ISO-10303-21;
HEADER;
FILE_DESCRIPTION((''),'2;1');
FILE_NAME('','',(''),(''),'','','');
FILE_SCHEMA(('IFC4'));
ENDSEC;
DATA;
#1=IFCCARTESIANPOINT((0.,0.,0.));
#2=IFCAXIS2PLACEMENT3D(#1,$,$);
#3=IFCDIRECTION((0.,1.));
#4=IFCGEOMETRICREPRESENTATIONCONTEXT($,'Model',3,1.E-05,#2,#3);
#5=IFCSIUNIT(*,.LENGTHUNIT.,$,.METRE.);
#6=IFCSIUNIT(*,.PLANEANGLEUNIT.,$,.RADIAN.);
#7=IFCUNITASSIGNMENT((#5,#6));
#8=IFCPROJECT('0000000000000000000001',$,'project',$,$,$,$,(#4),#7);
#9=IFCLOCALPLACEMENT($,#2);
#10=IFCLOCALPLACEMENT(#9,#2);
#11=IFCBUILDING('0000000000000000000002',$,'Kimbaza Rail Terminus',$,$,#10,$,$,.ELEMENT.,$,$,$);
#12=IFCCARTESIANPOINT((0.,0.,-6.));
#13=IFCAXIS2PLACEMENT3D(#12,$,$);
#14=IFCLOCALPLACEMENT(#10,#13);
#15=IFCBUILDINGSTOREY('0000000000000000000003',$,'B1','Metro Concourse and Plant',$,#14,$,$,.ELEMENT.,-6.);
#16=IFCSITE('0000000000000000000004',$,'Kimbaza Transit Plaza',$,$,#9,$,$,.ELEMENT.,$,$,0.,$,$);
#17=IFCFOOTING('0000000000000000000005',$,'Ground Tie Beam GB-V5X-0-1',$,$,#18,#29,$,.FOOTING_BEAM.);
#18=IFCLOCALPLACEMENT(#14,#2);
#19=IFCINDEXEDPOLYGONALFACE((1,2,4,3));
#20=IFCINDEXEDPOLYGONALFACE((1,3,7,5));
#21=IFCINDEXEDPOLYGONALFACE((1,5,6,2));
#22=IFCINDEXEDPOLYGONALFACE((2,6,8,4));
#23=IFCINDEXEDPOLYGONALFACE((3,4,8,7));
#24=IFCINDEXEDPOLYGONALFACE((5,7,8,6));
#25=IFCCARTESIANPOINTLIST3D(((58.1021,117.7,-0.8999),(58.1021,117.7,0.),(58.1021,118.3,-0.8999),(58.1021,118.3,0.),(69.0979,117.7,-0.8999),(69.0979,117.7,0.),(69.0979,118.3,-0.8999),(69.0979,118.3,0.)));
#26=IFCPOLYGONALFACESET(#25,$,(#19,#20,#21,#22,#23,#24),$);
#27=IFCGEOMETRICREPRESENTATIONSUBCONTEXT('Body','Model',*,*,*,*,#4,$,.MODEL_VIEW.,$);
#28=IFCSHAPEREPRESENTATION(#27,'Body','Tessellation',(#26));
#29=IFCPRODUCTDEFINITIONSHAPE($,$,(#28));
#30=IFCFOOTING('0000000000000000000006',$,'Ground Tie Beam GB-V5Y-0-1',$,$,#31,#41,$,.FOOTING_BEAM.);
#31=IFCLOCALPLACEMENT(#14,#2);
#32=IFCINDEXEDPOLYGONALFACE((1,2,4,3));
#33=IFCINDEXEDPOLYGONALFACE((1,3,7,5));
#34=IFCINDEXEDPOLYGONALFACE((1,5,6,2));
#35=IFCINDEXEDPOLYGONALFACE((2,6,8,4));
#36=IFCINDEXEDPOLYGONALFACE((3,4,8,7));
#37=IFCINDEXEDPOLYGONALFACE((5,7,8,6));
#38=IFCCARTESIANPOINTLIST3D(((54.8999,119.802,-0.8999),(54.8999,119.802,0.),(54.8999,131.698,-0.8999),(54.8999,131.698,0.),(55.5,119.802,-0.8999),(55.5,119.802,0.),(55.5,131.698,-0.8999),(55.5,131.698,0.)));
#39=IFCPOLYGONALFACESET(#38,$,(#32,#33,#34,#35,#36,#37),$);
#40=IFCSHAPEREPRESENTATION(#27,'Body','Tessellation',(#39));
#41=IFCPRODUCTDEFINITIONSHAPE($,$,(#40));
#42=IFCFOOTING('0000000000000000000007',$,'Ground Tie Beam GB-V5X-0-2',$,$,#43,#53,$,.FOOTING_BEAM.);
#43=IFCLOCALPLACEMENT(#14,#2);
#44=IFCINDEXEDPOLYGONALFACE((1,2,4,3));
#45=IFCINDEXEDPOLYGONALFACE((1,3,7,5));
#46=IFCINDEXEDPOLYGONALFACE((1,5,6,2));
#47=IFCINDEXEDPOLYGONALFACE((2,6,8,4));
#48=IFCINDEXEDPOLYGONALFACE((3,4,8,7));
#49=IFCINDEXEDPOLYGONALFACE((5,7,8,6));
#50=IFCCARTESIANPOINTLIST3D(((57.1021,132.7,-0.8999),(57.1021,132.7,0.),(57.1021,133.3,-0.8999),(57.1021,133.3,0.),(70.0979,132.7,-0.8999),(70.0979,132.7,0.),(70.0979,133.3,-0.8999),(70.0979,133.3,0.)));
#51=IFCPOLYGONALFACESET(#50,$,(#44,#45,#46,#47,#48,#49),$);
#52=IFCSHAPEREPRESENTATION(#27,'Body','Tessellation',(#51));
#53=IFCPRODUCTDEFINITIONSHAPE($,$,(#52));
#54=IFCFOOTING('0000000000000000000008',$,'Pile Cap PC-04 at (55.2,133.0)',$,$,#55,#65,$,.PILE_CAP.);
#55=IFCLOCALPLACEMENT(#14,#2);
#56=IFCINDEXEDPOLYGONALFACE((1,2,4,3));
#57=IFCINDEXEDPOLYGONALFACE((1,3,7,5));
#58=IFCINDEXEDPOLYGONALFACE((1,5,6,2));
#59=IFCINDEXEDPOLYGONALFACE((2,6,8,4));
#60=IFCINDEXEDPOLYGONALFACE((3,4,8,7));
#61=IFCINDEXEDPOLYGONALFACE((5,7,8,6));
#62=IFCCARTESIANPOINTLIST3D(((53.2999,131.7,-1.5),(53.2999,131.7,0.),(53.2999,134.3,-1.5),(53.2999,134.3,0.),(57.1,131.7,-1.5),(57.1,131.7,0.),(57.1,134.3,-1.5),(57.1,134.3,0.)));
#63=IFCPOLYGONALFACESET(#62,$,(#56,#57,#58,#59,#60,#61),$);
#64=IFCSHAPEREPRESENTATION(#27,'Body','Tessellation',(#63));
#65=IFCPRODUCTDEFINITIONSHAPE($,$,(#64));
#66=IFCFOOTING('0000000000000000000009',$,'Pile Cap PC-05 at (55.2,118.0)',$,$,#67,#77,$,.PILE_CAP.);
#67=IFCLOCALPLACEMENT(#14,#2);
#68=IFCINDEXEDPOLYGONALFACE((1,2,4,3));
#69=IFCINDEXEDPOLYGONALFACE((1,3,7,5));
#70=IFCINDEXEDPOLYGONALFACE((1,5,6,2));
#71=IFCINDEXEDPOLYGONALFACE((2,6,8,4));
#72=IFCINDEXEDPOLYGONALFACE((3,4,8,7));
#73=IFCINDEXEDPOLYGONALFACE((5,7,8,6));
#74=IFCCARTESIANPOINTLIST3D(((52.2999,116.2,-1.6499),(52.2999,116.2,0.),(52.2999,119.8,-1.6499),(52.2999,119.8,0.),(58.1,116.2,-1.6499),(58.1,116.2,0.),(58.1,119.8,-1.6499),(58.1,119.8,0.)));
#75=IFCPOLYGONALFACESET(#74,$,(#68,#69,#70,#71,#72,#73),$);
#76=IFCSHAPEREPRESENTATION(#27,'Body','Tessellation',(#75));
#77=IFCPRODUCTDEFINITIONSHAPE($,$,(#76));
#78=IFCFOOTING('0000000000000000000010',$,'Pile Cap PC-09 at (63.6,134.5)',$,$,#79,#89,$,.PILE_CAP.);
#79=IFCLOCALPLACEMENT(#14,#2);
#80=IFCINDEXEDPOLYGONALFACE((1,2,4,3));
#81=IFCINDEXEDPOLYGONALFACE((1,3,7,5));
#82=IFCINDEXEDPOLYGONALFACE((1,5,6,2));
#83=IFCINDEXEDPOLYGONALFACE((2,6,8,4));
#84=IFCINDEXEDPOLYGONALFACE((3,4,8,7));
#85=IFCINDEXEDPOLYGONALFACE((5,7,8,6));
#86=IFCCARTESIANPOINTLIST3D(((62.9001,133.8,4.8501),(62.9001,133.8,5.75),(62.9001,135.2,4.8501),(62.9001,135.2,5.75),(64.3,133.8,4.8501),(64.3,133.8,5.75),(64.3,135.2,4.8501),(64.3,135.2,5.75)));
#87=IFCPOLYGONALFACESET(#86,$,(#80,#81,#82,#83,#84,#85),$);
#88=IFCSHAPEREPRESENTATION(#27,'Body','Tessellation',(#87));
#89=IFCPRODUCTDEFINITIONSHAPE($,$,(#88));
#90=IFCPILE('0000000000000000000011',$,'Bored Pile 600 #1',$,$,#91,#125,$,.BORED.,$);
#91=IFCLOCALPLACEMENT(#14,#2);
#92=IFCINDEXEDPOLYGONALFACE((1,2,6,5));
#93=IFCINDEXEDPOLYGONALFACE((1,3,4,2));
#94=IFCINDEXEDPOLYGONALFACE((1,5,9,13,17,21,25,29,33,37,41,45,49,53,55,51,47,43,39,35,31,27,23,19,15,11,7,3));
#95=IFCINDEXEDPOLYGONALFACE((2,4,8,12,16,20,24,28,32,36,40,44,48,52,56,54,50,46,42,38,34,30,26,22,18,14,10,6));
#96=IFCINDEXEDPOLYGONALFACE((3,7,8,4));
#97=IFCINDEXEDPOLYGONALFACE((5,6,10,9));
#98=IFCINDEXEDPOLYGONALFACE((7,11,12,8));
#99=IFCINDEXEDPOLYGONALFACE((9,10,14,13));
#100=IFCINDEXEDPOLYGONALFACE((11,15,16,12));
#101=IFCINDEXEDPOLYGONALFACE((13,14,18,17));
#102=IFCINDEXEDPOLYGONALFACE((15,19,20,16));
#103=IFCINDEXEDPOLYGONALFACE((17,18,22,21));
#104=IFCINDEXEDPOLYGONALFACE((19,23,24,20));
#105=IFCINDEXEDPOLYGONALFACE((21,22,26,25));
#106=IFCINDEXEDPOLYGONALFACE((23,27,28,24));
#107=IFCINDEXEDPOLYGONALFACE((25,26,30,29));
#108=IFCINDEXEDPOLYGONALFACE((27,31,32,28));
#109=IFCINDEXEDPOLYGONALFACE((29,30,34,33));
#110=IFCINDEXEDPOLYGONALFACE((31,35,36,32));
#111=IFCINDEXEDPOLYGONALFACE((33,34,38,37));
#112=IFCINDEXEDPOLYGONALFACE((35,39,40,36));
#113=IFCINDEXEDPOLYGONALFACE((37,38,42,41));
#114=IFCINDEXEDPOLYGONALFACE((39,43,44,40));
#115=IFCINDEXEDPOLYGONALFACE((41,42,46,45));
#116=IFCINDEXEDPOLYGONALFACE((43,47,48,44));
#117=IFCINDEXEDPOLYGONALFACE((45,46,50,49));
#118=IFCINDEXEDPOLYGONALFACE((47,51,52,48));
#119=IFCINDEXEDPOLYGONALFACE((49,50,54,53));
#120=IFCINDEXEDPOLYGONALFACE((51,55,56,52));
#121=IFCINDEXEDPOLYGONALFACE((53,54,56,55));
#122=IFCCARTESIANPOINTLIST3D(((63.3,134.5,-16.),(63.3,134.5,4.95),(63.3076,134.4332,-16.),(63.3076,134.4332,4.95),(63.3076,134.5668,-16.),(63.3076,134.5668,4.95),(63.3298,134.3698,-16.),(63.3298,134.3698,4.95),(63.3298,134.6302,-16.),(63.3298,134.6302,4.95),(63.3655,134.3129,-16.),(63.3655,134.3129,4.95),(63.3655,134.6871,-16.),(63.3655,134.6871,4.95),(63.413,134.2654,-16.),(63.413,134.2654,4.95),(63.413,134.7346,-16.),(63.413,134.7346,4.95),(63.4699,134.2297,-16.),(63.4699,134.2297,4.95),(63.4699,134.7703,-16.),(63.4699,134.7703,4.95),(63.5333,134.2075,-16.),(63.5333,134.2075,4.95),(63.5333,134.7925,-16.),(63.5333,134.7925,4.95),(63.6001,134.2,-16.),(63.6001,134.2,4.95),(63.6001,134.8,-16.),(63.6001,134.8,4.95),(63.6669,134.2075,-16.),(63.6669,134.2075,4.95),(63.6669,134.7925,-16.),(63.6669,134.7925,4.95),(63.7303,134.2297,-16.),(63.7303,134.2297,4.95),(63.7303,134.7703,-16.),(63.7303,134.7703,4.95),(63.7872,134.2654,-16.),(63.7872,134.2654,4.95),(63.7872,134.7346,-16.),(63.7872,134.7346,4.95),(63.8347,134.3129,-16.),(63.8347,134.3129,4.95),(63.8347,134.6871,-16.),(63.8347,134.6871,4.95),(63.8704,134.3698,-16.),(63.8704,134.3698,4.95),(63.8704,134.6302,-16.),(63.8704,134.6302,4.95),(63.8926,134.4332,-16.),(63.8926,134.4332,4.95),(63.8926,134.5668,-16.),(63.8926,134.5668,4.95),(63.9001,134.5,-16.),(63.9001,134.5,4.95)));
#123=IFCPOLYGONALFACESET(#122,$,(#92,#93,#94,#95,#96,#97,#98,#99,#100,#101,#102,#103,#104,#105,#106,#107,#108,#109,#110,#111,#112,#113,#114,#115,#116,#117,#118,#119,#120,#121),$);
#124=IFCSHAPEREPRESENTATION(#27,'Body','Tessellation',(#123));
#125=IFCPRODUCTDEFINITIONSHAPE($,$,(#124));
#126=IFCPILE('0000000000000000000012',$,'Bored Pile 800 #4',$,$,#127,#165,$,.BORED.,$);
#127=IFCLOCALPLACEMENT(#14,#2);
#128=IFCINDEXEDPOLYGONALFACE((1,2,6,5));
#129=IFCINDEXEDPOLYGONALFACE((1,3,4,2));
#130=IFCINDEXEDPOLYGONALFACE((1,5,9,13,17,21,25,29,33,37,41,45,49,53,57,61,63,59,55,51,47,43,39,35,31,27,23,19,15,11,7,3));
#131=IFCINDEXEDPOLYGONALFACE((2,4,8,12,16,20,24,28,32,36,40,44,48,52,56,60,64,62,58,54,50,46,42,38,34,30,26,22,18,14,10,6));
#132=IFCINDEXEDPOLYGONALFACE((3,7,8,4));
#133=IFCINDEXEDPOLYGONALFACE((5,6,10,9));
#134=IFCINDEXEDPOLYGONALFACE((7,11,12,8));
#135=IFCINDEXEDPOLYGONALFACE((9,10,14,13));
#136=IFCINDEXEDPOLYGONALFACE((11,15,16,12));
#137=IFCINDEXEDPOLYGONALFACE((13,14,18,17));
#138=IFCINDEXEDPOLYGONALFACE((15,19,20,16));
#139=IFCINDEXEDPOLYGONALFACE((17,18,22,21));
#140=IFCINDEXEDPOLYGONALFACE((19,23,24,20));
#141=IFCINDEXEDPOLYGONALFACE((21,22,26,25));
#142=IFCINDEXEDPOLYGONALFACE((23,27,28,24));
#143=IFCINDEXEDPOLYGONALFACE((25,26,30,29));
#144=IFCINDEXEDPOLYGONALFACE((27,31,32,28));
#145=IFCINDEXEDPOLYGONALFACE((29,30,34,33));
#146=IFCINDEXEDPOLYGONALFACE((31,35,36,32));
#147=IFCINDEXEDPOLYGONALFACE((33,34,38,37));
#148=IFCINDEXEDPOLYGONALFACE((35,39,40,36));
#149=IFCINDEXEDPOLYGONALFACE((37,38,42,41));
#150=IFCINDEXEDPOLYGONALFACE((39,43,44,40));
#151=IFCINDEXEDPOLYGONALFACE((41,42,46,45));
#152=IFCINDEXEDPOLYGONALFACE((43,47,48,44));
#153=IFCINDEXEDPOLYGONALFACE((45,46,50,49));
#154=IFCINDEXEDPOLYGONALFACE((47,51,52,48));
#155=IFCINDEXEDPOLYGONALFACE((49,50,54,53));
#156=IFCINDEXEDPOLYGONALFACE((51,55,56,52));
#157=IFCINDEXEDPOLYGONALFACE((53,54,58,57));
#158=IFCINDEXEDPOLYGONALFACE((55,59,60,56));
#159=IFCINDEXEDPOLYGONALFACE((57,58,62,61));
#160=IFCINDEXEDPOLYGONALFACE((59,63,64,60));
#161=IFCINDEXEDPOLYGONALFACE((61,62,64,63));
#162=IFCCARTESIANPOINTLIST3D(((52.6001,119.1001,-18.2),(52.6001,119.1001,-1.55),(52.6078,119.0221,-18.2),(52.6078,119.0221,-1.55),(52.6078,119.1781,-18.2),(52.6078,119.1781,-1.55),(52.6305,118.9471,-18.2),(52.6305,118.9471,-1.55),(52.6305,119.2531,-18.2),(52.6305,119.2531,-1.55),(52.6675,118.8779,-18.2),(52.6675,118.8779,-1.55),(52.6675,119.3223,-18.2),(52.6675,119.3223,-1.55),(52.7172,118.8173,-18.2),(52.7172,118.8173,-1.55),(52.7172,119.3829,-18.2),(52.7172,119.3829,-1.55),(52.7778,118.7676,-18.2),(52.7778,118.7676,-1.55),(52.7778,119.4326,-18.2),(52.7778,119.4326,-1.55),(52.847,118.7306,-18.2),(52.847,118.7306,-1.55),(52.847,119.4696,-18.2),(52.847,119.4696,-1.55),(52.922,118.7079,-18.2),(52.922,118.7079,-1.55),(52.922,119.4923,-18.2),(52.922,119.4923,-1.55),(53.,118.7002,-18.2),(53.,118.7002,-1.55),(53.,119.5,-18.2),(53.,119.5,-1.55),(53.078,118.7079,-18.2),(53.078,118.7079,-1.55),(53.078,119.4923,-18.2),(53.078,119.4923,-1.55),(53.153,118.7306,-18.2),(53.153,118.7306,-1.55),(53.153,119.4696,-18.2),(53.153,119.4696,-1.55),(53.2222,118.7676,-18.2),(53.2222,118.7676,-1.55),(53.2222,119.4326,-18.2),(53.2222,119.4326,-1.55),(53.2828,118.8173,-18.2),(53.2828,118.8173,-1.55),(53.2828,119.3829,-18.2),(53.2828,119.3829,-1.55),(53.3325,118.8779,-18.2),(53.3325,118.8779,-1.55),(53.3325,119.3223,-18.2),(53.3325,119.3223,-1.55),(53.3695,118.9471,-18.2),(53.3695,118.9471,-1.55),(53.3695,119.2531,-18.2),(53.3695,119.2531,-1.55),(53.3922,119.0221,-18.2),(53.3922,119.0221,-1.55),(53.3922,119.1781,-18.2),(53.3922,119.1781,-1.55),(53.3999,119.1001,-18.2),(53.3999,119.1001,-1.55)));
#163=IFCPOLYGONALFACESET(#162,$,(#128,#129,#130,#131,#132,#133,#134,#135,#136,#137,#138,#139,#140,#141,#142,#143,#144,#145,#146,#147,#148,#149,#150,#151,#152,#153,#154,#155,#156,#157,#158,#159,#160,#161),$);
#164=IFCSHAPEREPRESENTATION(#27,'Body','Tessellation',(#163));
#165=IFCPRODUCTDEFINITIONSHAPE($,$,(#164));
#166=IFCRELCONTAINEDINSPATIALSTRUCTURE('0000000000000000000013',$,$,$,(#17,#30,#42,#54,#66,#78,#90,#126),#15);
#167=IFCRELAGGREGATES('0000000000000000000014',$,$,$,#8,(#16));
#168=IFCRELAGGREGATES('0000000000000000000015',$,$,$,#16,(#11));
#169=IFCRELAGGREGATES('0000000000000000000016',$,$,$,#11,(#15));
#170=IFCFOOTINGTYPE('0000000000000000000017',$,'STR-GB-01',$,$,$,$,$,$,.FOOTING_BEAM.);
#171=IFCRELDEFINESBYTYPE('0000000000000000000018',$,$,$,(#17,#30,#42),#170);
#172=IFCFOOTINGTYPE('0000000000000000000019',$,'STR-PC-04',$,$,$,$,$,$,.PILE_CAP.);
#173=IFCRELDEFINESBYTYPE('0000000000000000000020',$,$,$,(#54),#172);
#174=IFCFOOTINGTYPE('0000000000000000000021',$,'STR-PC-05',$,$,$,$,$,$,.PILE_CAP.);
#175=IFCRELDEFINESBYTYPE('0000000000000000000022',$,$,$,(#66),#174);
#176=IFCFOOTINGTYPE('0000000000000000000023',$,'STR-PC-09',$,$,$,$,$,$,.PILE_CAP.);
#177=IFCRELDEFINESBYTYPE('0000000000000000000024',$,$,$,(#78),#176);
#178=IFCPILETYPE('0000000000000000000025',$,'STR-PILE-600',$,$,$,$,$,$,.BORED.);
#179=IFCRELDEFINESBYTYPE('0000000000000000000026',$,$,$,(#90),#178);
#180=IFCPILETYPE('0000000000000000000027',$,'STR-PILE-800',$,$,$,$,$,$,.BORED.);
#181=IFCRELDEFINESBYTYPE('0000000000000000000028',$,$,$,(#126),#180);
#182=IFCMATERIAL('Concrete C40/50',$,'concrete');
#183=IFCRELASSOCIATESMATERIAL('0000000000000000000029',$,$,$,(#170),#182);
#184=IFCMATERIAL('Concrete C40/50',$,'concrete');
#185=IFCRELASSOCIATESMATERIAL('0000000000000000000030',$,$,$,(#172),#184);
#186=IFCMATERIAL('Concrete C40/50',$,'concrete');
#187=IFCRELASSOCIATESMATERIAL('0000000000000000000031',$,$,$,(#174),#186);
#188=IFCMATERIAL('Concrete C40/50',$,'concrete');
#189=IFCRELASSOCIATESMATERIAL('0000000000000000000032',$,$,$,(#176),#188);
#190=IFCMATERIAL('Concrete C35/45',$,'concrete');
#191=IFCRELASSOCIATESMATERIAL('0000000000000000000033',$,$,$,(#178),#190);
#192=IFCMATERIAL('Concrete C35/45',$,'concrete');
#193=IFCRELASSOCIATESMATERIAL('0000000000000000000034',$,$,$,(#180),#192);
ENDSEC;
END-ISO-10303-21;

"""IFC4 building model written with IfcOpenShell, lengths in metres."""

from ifc_helpers import new_model, si_unit, direction, frame, origin, origin_2d, place, context, subcontext, project, spatial, rectangle, circle, extrude, material, material_profile, profile_set, type_object, element, save


model = new_model("IFC4")

# Units and contexts
model_context = context("Model", 3, precision=1e-05, world=origin(), true_north=direction((0.0, 1.0)))
body_context = subcontext(model_context, "Body", "Model", "MODEL_VIEW")
ifc_project = project(units=[si_unit("LENGTHUNIT", "METRE"), si_unit("PLANEANGLEUNIT", "RADIAN")], contexts=[model_context])

# Site, building, storey
site_placement = place(None, origin())
site = spatial("IfcSite", under=ifc_project, at=site_placement, Name="Kimbaza Transit Plaza", CompositionType="ELEMENT", RefElevation=0.0)
building_placement = place(site_placement, origin())
building = spatial("IfcBuilding", under=site, at=building_placement, Name="Kimbaza Rail Terminus", CompositionType="ELEMENT")
storey_placement = place(building_placement, frame((0.0, 0.0, -6.0)))
storey = spatial("IfcBuildingStorey", under=building, at=storey_placement, Name="B1", Description="Metro Concourse and Plant", CompositionType="ELEMENT", Elevation=-6.0)

# Footings
ifc_material_1 = material(Name="Concrete C40/50", Category="concrete")
ifc_material_profile_1 = material_profile(ifc_material_1, rectangle(XDim=0.6001, YDim=0.8999, at=origin_2d()), Name="GB-01 600x900")
ifc_profile_set_1 = profile_set([ifc_material_profile_1], Name="Concrete C40/50")
footing_type_1 = type_object("IfcFootingType", Name="STR-GB-01", PredefinedType="FOOTING_BEAM", material=ifc_profile_set_1)
footing_1_placement = place(storey_placement, frame((58.1021, 118.0, -0.45), z_axis=(1.0, 0.0, 0.0), x_axis=(0.0, 1.0, 0.0)))
element("IfcFooting", 1, at=footing_1_placement, inside=storey, type_object=footing_type_1, Name="Ground Tie Beam GB-V5X-0-1", PredefinedType="FOOTING_BEAM", context=body_context, shape_type="SweptSolid", body=[
    extrude(rectangle(XDim=0.6001, YDim=0.8999, at=origin_2d()), origin(), (0.0, 0.0, 1.0), 10.9958),
])
footing_2_placement = place(storey_placement, frame((55.2, 119.802, -0.45), z_axis=(0.0, 1.0, 0.0), x_axis=(-1.0, 0.0, 0.0)))
element("IfcFooting", 2, at=footing_2_placement, inside=storey, type_object=footing_type_1, Name="Ground Tie Beam GB-V5Y-0-1", PredefinedType="FOOTING_BEAM", context=body_context, shape_type="SweptSolid", body=[
    extrude(rectangle(XDim=0.6001, YDim=0.8999, at=origin_2d()), origin(), (0.0, 0.0, 1.0), 11.896),
])
footing_3_placement = place(storey_placement, frame((57.1021, 133.0, -0.45), z_axis=(1.0, 0.0, 0.0), x_axis=(0.0, 1.0, 0.0)))
element("IfcFooting", 3, at=footing_3_placement, inside=storey, type_object=footing_type_1, Name="Ground Tie Beam GB-V5X-0-2", PredefinedType="FOOTING_BEAM", context=body_context, shape_type="SweptSolid", body=[
    extrude(rectangle(XDim=0.6001, YDim=0.8999, at=origin_2d()), origin(), (0.0, 0.0, 1.0), 12.9958),
])
ifc_material_2 = material(Name="Concrete C40/50", Category="concrete")
footing_type_2 = type_object("IfcFootingType", Name="STR-PC-04", PredefinedType="PILE_CAP", material=ifc_material_2)
footing_4_placement = place(storey_placement, frame((55.2, 133.0, -1.5), z_axis=(0.0, 0.0, 1.0), x_axis=(1.0, 0.0, 0.0)))
element("IfcFooting", 4, at=footing_4_placement, inside=storey, type_object=footing_type_2, Name="Pile Cap PC-04 at (55.2,133.0)", PredefinedType="PILE_CAP", context=body_context, shape_type="SweptSolid", body=[
    extrude(rectangle(XDim=3.8, YDim=2.6001, at=origin_2d()), origin(), (0.0, 0.0, 1.0), 1.5),
])
ifc_material_3 = material(Name="Concrete C40/50", Category="concrete")
footing_type_3 = type_object("IfcFootingType", Name="STR-PC-05", PredefinedType="PILE_CAP", material=ifc_material_3)
footing_5_placement = place(storey_placement, frame((55.2, 118.0, -1.6499), z_axis=(0.0, 0.0, 1.0), x_axis=(1.0, 0.0, 0.0)))
element("IfcFooting", 5, at=footing_5_placement, inside=storey, type_object=footing_type_3, Name="Pile Cap PC-05 at (55.2,118.0)", PredefinedType="PILE_CAP", context=body_context, shape_type="SweptSolid", body=[
    extrude(rectangle(XDim=5.8, YDim=3.6001, at=origin_2d()), origin(), (0.0, 0.0, 1.0), 1.6499),
])
ifc_material_4 = material(Name="Concrete C40/50", Category="concrete")
footing_type_4 = type_object("IfcFootingType", Name="STR-PC-09", PredefinedType="PILE_CAP", material=ifc_material_4)
footing_6_placement = place(storey_placement, frame((63.6001, 134.5, 4.8501), z_axis=(0.0, 0.0, 1.0), x_axis=(1.0, 0.0, 0.0)))
element("IfcFooting", 6, at=footing_6_placement, inside=storey, type_object=footing_type_4, Name="Pile Cap PC-09 at (63.6,134.5)", PredefinedType="PILE_CAP", context=body_context, shape_type="SweptSolid", body=[
    extrude(rectangle(XDim=1.3999, YDim=1.3999, at=origin_2d()), origin(), (0.0, 0.0, 1.0), 0.8999),
])

# Piles
ifc_material_5 = material(Name="Concrete C35/45", Category="concrete")
ifc_material_profile_2 = material_profile(ifc_material_5, circle(Radius=0.3, at=origin_2d()), Name="BORED PILE 600")
ifc_profile_set_2 = profile_set([ifc_material_profile_2], Name="Concrete C35/45")
pile_type_1 = type_object("IfcPileType", Name="STR-PILE-600", PredefinedType="BORED", material=ifc_profile_set_2)
pile_1_placement = place(storey_placement, frame((63.6001, 134.5, 4.95), z_axis=(0.0, 0.0, -1.0), x_axis=(1.0, 0.0, 0.0)))
element("IfcPile", 7, at=pile_1_placement, inside=storey, type_object=pile_type_1, Name="Bored Pile 600 #1", PredefinedType="BORED", context=body_context, shape_type="SweptSolid", body=[
    extrude(circle(Radius=0.3, at=origin_2d()), origin(), (0.0, 0.0, 1.0), 20.95),
])
ifc_material_6 = material(Name="Concrete C35/45", Category="concrete")
ifc_material_profile_3 = material_profile(ifc_material_6, circle(Radius=0.3999, at=origin_2d()), Name="BORED PILE 800")
ifc_profile_set_3 = profile_set([ifc_material_profile_3], Name="Concrete C35/45")
pile_type_2 = type_object("IfcPileType", Name="STR-PILE-800", PredefinedType="BORED", material=ifc_profile_set_3)
for number, where, z_axis, x_axis, name in (
    (8, (53.0, 119.1001, -1.55), (0.0, 0.0, -1.0), (1.0, 0.0, 0.0), "Bored Pile 800 #4"),
):
    element("IfcPile", number, at=place(storey_placement, frame(where, z_axis=z_axis, x_axis=x_axis)), inside=storey, type_object=pile_type_2, Name=name, PredefinedType="BORED", context=body_context, shape_type="SweptSolid", body=[
        extrude(circle(Radius=0.3999, at=origin_2d()), origin(), (0.0, 0.0, 1.0), 16.6499),
    ])

save(model, "model.ifc")
